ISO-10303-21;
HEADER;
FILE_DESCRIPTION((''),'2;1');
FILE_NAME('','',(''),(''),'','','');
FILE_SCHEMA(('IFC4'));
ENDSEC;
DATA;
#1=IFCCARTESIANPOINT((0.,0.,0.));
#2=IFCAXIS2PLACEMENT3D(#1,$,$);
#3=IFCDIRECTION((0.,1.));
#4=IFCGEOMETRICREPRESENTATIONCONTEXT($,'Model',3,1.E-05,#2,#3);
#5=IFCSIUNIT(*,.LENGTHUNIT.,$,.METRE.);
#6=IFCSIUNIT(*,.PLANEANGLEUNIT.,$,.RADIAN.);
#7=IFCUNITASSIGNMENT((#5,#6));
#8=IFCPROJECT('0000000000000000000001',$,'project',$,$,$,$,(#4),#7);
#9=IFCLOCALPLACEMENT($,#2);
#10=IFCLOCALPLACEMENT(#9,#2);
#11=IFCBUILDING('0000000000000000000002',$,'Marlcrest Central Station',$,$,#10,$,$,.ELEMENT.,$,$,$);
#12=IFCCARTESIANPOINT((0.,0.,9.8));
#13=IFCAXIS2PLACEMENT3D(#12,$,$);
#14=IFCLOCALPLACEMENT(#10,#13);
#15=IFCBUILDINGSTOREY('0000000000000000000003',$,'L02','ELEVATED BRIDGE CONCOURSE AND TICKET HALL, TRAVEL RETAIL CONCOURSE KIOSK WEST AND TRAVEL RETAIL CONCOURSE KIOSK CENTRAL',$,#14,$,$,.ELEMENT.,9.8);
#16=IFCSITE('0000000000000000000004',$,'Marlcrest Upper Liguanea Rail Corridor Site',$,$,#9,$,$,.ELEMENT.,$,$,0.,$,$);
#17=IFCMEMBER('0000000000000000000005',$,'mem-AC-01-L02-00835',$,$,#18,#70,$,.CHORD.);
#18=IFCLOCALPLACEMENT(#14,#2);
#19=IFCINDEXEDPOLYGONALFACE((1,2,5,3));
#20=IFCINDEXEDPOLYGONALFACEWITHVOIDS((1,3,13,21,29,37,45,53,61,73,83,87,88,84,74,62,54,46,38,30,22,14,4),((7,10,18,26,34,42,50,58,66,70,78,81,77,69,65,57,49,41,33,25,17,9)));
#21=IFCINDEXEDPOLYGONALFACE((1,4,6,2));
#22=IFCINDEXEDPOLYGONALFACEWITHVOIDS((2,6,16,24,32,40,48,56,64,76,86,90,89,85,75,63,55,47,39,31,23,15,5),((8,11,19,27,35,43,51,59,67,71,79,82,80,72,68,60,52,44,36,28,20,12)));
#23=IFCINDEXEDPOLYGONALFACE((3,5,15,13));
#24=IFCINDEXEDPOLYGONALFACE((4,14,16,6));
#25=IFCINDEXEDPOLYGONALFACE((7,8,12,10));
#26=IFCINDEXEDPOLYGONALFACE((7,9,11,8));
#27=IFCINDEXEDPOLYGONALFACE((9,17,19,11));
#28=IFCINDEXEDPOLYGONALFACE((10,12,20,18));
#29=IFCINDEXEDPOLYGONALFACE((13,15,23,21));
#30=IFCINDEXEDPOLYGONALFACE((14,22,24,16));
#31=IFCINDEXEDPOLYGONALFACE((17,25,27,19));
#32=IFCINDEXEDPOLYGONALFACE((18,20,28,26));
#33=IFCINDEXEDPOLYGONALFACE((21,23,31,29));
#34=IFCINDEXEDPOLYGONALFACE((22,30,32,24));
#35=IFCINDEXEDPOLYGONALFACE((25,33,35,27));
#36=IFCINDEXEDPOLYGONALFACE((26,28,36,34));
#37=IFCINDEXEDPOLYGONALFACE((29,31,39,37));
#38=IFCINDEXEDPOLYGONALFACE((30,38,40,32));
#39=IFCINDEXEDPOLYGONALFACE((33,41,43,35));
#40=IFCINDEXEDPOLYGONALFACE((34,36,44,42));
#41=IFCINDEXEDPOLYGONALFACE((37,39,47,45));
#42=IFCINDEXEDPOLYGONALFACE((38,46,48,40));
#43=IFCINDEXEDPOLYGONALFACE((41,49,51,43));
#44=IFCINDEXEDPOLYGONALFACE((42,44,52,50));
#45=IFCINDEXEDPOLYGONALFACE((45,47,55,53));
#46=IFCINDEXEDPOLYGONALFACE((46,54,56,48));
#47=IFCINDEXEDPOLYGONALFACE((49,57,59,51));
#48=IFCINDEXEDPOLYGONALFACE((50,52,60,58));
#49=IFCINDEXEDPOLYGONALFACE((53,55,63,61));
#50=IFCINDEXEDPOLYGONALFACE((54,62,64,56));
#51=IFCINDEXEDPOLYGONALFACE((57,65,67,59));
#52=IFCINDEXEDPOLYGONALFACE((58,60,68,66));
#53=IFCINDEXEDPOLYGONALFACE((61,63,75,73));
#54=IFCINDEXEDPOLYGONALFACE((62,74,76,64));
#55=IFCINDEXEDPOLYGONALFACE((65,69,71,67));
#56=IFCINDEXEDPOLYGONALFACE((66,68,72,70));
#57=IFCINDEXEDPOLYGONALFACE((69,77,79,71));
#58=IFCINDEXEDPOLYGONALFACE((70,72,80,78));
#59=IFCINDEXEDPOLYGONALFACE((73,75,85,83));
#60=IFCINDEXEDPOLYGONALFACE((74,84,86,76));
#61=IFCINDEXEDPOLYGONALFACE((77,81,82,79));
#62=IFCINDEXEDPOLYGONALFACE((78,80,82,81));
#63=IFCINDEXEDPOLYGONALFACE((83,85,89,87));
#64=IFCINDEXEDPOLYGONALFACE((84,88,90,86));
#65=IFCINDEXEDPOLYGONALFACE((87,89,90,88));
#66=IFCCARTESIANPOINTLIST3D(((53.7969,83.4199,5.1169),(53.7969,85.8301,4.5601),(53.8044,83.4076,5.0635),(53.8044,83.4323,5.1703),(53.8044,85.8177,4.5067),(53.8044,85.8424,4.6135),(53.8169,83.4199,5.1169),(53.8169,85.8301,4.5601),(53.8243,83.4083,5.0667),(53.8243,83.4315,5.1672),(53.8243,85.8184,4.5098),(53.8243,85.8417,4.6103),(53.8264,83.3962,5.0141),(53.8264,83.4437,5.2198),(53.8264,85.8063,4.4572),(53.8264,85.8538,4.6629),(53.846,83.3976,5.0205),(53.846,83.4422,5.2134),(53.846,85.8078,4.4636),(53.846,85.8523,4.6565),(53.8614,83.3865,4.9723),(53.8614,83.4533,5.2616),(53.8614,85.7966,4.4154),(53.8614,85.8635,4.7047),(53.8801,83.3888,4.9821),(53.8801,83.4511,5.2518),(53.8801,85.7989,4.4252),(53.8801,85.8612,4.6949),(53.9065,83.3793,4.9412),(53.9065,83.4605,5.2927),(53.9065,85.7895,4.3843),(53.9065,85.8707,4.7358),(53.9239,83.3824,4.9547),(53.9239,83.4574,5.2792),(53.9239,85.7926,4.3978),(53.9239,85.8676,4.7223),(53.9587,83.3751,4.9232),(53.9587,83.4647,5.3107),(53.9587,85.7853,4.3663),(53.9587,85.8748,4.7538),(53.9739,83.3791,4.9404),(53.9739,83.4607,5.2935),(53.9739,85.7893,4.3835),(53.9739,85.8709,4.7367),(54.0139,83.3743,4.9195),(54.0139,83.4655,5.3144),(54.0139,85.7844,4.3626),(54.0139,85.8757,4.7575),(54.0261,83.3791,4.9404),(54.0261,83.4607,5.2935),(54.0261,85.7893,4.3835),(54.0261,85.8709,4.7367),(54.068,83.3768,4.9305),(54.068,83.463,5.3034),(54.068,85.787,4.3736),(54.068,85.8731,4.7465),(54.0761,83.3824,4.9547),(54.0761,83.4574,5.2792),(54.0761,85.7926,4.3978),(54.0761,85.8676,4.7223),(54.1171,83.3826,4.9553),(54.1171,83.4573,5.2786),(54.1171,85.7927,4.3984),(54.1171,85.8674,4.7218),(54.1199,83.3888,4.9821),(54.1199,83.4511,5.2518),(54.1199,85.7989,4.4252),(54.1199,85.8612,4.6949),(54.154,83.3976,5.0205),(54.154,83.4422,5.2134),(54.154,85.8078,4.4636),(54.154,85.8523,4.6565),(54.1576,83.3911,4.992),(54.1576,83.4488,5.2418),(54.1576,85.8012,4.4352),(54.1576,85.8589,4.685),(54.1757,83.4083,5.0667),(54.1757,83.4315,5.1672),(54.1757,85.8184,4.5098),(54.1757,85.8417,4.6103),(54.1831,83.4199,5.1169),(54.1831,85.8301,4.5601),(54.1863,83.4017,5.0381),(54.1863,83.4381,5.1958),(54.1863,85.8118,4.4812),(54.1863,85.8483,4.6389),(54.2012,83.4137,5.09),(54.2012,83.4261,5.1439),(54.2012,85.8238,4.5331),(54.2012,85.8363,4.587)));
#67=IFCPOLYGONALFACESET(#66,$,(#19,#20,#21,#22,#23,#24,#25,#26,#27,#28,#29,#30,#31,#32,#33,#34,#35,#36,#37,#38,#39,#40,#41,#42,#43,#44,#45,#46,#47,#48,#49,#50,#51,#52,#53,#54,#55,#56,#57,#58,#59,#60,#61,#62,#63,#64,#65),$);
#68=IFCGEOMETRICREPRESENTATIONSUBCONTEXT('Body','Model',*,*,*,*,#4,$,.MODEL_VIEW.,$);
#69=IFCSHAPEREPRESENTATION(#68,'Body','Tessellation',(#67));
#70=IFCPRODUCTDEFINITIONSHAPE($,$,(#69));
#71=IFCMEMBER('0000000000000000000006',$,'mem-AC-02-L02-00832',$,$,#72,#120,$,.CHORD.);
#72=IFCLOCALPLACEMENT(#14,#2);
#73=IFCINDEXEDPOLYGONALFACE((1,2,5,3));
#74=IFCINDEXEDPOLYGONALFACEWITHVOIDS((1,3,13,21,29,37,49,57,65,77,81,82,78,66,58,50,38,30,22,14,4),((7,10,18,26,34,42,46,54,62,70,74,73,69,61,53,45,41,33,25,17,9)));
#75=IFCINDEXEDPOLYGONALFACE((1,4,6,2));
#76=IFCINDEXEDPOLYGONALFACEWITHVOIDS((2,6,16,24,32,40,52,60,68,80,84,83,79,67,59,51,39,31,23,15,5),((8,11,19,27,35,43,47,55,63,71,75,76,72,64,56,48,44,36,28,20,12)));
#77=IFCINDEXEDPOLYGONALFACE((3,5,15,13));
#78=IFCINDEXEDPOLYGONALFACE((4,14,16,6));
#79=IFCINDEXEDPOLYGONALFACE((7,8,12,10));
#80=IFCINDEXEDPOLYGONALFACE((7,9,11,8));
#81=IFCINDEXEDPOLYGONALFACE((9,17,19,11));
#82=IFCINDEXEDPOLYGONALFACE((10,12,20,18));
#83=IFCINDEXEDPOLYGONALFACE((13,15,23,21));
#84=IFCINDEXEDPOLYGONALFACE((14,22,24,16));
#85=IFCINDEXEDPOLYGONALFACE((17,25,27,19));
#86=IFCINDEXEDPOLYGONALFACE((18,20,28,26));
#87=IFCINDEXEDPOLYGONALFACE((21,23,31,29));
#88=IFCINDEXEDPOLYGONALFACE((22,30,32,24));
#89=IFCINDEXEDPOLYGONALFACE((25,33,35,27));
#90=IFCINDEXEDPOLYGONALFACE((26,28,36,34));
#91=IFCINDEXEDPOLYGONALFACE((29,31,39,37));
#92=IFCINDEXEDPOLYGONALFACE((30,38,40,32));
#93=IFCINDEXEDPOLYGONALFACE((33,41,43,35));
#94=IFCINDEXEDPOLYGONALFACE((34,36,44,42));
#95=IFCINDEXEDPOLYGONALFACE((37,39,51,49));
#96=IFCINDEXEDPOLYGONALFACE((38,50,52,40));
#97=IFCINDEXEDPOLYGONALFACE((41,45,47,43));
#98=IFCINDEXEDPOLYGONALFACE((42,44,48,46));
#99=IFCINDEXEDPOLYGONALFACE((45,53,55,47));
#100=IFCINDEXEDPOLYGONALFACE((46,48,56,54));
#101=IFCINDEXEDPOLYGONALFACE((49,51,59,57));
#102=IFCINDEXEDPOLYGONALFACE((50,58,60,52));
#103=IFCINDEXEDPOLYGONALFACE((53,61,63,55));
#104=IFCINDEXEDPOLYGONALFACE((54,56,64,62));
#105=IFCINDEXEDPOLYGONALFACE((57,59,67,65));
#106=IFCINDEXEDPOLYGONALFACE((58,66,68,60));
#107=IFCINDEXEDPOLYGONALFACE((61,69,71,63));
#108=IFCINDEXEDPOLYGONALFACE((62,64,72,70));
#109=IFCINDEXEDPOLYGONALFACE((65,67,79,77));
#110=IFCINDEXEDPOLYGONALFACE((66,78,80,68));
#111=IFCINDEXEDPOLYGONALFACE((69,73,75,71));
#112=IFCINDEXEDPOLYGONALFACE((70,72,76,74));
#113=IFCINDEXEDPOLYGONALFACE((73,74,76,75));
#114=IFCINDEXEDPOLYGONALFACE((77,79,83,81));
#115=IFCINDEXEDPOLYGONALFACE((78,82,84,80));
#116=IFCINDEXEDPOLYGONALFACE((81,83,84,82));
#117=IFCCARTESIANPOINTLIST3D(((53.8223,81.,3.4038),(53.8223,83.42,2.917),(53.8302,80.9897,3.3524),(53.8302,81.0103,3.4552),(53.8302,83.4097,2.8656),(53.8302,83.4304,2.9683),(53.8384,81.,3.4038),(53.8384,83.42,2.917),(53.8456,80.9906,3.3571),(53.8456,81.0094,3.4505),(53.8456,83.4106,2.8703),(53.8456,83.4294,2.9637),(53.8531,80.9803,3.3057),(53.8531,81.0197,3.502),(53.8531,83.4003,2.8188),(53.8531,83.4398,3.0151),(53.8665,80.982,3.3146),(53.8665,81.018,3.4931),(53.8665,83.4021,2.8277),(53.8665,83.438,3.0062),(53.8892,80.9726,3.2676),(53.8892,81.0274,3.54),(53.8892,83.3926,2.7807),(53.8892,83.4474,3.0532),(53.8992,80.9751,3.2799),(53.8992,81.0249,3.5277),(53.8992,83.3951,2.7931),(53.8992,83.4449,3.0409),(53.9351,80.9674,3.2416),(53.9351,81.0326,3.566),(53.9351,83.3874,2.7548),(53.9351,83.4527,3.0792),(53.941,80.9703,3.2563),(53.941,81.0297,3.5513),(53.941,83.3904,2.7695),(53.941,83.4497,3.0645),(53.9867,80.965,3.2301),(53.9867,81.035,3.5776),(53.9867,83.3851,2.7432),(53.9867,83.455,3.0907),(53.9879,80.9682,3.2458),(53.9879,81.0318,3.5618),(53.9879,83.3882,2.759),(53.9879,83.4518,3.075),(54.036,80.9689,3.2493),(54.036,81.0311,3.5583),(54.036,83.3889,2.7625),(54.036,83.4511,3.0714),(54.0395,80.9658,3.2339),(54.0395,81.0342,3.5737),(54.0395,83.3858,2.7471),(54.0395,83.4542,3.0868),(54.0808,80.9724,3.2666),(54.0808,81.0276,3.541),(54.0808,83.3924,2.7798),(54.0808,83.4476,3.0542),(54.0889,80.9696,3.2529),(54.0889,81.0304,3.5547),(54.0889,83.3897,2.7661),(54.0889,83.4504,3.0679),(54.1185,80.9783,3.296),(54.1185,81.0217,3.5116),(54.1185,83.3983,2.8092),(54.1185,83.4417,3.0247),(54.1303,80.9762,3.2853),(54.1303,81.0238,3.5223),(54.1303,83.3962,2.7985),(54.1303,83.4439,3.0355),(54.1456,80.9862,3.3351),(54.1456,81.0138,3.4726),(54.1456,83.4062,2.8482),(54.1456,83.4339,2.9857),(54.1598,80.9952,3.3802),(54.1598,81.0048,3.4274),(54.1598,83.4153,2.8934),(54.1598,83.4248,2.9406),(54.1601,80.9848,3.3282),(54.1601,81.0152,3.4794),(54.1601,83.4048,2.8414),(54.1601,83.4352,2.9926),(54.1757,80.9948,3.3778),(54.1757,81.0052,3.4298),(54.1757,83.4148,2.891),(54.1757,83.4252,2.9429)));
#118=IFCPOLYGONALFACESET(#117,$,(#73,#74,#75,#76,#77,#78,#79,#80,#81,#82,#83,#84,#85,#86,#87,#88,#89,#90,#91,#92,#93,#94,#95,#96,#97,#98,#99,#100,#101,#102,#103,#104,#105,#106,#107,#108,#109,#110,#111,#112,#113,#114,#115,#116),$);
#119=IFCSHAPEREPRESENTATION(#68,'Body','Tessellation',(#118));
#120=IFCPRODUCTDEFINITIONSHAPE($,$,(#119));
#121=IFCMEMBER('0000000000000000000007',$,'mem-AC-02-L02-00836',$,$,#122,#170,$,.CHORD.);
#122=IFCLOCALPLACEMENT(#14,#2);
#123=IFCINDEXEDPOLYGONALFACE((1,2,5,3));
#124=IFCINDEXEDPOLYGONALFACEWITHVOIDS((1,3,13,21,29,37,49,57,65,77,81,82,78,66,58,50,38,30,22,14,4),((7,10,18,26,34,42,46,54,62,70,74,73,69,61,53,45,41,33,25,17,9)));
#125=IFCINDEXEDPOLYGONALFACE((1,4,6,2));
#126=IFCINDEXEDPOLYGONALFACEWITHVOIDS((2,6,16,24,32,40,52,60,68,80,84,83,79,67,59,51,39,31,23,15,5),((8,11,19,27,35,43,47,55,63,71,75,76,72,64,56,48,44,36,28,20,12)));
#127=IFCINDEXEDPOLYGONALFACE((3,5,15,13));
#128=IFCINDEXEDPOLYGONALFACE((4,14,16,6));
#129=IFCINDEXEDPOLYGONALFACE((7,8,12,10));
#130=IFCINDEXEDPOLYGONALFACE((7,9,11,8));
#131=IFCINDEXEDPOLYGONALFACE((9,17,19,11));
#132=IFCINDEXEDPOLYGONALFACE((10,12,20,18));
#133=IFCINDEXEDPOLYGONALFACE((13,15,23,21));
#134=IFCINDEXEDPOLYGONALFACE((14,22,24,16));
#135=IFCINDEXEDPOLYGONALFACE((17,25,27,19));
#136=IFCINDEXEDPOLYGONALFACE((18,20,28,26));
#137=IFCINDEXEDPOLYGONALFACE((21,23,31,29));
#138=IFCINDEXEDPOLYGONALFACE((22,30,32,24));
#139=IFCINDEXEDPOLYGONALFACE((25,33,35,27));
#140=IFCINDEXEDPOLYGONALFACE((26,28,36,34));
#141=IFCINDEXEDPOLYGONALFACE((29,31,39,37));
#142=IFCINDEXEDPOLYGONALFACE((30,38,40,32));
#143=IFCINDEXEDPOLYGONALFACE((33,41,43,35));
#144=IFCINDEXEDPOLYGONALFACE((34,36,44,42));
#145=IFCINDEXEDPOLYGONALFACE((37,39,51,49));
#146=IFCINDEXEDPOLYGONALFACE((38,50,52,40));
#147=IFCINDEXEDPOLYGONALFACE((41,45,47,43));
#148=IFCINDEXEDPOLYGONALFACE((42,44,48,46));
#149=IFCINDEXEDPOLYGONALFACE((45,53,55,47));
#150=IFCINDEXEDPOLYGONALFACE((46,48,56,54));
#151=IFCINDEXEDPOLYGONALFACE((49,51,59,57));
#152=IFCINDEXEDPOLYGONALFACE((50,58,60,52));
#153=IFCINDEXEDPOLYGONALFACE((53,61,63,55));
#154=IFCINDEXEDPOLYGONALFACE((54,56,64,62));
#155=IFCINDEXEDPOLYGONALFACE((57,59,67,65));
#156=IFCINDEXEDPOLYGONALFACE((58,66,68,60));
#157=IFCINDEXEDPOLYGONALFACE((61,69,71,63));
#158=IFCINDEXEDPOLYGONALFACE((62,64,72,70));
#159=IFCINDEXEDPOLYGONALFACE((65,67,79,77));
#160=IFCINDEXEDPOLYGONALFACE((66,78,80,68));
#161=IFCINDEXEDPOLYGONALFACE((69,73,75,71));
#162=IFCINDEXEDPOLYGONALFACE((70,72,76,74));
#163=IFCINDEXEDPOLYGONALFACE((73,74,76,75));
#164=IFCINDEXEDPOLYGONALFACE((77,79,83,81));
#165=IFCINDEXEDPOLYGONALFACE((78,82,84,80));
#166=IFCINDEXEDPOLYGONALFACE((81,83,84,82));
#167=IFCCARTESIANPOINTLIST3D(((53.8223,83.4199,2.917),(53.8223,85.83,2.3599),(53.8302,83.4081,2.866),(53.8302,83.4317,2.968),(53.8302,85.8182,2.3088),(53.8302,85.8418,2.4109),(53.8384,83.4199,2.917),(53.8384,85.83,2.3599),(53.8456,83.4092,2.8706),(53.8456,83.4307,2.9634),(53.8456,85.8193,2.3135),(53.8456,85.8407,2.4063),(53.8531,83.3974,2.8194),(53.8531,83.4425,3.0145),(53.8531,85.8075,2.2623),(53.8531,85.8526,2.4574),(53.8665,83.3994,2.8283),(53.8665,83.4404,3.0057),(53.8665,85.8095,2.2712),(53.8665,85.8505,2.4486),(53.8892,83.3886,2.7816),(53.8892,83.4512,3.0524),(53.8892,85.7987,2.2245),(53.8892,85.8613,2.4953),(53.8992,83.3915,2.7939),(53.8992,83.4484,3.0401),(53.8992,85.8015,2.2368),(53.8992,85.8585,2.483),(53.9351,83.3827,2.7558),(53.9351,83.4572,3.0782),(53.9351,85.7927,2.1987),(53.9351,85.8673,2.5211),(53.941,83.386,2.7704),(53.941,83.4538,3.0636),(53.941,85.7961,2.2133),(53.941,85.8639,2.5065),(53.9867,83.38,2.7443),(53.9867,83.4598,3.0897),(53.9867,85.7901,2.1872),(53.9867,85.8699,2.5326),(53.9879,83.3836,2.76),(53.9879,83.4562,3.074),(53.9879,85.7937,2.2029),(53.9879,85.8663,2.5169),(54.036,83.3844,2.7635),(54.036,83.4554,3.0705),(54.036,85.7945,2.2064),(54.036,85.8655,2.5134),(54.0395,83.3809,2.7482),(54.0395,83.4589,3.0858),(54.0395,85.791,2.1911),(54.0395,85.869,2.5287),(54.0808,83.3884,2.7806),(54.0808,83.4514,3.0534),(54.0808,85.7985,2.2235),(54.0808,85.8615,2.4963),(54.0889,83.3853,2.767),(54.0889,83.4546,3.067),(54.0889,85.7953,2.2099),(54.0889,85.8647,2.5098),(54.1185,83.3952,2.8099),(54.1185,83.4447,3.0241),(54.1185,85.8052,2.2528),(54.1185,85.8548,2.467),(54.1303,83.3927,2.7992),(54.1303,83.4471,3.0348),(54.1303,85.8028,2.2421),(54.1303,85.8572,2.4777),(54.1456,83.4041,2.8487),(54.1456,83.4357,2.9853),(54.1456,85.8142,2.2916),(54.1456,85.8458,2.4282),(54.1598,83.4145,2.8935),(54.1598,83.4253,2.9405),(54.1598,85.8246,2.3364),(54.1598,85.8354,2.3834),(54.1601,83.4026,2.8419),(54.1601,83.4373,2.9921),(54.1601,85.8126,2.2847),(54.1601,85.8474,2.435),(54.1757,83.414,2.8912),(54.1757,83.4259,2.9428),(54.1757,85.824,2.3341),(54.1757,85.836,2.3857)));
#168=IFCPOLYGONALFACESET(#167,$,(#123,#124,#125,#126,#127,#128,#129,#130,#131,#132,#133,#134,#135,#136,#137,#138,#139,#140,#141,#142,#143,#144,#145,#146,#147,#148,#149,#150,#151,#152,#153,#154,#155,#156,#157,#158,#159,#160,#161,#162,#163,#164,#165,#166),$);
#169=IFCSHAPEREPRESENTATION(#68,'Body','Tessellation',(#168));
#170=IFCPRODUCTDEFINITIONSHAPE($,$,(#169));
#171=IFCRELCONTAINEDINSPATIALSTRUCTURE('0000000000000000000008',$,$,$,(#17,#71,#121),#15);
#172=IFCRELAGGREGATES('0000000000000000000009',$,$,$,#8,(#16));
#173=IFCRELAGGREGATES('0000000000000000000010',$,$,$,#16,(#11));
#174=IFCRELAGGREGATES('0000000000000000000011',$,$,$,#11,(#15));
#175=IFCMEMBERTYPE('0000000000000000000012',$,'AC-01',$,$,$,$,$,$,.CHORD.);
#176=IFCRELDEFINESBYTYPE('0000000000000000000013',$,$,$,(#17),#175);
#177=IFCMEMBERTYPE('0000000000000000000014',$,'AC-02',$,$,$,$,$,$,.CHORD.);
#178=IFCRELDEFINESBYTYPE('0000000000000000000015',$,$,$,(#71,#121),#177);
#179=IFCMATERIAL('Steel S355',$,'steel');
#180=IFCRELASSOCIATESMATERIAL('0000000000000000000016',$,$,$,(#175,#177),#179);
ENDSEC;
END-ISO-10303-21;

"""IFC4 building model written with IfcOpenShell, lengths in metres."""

from ifc_helpers import new_model, si_unit, direction, frame, origin, origin_2d, place, context, subcontext, project, spatial, hollow_circle, extrude, material, material_profile, profile_set, type_object, element, save


model = new_model("IFC4")

# Units and contexts
model_context = context("Model", 3, precision=1e-05, world=origin(), true_north=direction((0.0, 1.0)))
body_context = subcontext(model_context, "Body", "Model", "MODEL_VIEW")
ifc_project = project(units=[si_unit("LENGTHUNIT", "METRE"), si_unit("PLANEANGLEUNIT", "RADIAN")], contexts=[model_context])

# Site, building, storey
site_placement = place(None, origin())
site = spatial("IfcSite", under=ifc_project, at=site_placement, Name="Marlcrest Upper Liguanea Rail Corridor Site", CompositionType="ELEMENT", RefElevation=0.0)
building_placement = place(site_placement, origin())
building = spatial("IfcBuilding", under=site, at=building_placement, Name="Marlcrest Central Station", CompositionType="ELEMENT")
storey_placement = place(building_placement, frame((0.0, 0.0, 9.8)))
storey = spatial("IfcBuildingStorey", under=building, at=storey_placement, Name="L02", Description="ELEVATED BRIDGE CONCOURSE AND TICKET HALL, TRAVEL RETAIL CONCOURSE KIOSK WEST AND TRAVEL RETAIL CONCOURSE KIOSK CENTRAL", CompositionType="ELEMENT", Elevation=9.8)

# Members
ifc_material_1 = material(Name="Steel S355", Category="steel")
ifc_material_profile_1 = material_profile(ifc_material_1, hollow_circle(Radius=0.2031, WallThickness=0.02, at=origin_2d()), Name="CHS 406.4x20")
ifc_profile_set_1 = profile_set([ifc_material_profile_1], Name="Steel S355")
member_type_1 = type_object("IfcMemberType", Name="AC-01", PredefinedType="CHORD", material=ifc_profile_set_1)
member_1_placement = place(storey_placement, frame((54.0, 83.4199, 5.1169), z_axis=(0.0, 0.97433, -0.225126), x_axis=(-1.0, 0.0, 0.0)))
element("IfcMember", 1, at=member_1_placement, inside=storey, type_object=member_type_1, Name="mem-AC-01-L02-00835", PredefinedType="CHORD", context=body_context, shape_type="SweptSolid", body=[
    extrude(hollow_circle(Radius=0.2031, WallThickness=0.02, at=origin_2d()), origin(), (0.0, 0.0, 1.0), 2.4736),
])
ifc_material_profile_2 = material_profile(ifc_material_1, hollow_circle(Radius=0.1777, WallThickness=0.0161, at=origin_2d()), Name="CHS 355.6x16")
ifc_profile_set_2 = profile_set([ifc_material_profile_2], Name="Steel S355")
member_type_2 = type_object("IfcMemberType", Name="AC-02", PredefinedType="CHORD", material=ifc_profile_set_2)
member_2_placement = place(storey_placement, frame((54.0, 81.0, 3.4038), z_axis=(0.0, 0.980359, -0.197219), x_axis=(-1.0, 0.0, 0.0)))
element("IfcMember", 2, at=member_2_placement, inside=storey, type_object=member_type_2, Name="mem-AC-02-L02-00832", PredefinedType="CHORD", context=body_context, shape_type="SweptSolid", body=[
    extrude(hollow_circle(Radius=0.1777, WallThickness=0.0161, at=origin_2d()), origin(), (0.0, 0.0, 1.0), 2.4685),
])
member_3_placement = place(storey_placement, frame((54.0, 83.4199, 2.917), z_axis=(0.0, 0.974308, -0.22522), x_axis=(-1.0, 0.0, 0.0)))
element("IfcMember", 3, at=member_3_placement, inside=storey, type_object=member_type_2, Name="mem-AC-02-L02-00836", PredefinedType="CHORD", context=body_context, shape_type="SweptSolid", body=[
    extrude(hollow_circle(Radius=0.1777, WallThickness=0.0161, at=origin_2d()), origin(), (0.0, 0.0, 1.0), 2.4736),
])

save(model, "model.ifc")
